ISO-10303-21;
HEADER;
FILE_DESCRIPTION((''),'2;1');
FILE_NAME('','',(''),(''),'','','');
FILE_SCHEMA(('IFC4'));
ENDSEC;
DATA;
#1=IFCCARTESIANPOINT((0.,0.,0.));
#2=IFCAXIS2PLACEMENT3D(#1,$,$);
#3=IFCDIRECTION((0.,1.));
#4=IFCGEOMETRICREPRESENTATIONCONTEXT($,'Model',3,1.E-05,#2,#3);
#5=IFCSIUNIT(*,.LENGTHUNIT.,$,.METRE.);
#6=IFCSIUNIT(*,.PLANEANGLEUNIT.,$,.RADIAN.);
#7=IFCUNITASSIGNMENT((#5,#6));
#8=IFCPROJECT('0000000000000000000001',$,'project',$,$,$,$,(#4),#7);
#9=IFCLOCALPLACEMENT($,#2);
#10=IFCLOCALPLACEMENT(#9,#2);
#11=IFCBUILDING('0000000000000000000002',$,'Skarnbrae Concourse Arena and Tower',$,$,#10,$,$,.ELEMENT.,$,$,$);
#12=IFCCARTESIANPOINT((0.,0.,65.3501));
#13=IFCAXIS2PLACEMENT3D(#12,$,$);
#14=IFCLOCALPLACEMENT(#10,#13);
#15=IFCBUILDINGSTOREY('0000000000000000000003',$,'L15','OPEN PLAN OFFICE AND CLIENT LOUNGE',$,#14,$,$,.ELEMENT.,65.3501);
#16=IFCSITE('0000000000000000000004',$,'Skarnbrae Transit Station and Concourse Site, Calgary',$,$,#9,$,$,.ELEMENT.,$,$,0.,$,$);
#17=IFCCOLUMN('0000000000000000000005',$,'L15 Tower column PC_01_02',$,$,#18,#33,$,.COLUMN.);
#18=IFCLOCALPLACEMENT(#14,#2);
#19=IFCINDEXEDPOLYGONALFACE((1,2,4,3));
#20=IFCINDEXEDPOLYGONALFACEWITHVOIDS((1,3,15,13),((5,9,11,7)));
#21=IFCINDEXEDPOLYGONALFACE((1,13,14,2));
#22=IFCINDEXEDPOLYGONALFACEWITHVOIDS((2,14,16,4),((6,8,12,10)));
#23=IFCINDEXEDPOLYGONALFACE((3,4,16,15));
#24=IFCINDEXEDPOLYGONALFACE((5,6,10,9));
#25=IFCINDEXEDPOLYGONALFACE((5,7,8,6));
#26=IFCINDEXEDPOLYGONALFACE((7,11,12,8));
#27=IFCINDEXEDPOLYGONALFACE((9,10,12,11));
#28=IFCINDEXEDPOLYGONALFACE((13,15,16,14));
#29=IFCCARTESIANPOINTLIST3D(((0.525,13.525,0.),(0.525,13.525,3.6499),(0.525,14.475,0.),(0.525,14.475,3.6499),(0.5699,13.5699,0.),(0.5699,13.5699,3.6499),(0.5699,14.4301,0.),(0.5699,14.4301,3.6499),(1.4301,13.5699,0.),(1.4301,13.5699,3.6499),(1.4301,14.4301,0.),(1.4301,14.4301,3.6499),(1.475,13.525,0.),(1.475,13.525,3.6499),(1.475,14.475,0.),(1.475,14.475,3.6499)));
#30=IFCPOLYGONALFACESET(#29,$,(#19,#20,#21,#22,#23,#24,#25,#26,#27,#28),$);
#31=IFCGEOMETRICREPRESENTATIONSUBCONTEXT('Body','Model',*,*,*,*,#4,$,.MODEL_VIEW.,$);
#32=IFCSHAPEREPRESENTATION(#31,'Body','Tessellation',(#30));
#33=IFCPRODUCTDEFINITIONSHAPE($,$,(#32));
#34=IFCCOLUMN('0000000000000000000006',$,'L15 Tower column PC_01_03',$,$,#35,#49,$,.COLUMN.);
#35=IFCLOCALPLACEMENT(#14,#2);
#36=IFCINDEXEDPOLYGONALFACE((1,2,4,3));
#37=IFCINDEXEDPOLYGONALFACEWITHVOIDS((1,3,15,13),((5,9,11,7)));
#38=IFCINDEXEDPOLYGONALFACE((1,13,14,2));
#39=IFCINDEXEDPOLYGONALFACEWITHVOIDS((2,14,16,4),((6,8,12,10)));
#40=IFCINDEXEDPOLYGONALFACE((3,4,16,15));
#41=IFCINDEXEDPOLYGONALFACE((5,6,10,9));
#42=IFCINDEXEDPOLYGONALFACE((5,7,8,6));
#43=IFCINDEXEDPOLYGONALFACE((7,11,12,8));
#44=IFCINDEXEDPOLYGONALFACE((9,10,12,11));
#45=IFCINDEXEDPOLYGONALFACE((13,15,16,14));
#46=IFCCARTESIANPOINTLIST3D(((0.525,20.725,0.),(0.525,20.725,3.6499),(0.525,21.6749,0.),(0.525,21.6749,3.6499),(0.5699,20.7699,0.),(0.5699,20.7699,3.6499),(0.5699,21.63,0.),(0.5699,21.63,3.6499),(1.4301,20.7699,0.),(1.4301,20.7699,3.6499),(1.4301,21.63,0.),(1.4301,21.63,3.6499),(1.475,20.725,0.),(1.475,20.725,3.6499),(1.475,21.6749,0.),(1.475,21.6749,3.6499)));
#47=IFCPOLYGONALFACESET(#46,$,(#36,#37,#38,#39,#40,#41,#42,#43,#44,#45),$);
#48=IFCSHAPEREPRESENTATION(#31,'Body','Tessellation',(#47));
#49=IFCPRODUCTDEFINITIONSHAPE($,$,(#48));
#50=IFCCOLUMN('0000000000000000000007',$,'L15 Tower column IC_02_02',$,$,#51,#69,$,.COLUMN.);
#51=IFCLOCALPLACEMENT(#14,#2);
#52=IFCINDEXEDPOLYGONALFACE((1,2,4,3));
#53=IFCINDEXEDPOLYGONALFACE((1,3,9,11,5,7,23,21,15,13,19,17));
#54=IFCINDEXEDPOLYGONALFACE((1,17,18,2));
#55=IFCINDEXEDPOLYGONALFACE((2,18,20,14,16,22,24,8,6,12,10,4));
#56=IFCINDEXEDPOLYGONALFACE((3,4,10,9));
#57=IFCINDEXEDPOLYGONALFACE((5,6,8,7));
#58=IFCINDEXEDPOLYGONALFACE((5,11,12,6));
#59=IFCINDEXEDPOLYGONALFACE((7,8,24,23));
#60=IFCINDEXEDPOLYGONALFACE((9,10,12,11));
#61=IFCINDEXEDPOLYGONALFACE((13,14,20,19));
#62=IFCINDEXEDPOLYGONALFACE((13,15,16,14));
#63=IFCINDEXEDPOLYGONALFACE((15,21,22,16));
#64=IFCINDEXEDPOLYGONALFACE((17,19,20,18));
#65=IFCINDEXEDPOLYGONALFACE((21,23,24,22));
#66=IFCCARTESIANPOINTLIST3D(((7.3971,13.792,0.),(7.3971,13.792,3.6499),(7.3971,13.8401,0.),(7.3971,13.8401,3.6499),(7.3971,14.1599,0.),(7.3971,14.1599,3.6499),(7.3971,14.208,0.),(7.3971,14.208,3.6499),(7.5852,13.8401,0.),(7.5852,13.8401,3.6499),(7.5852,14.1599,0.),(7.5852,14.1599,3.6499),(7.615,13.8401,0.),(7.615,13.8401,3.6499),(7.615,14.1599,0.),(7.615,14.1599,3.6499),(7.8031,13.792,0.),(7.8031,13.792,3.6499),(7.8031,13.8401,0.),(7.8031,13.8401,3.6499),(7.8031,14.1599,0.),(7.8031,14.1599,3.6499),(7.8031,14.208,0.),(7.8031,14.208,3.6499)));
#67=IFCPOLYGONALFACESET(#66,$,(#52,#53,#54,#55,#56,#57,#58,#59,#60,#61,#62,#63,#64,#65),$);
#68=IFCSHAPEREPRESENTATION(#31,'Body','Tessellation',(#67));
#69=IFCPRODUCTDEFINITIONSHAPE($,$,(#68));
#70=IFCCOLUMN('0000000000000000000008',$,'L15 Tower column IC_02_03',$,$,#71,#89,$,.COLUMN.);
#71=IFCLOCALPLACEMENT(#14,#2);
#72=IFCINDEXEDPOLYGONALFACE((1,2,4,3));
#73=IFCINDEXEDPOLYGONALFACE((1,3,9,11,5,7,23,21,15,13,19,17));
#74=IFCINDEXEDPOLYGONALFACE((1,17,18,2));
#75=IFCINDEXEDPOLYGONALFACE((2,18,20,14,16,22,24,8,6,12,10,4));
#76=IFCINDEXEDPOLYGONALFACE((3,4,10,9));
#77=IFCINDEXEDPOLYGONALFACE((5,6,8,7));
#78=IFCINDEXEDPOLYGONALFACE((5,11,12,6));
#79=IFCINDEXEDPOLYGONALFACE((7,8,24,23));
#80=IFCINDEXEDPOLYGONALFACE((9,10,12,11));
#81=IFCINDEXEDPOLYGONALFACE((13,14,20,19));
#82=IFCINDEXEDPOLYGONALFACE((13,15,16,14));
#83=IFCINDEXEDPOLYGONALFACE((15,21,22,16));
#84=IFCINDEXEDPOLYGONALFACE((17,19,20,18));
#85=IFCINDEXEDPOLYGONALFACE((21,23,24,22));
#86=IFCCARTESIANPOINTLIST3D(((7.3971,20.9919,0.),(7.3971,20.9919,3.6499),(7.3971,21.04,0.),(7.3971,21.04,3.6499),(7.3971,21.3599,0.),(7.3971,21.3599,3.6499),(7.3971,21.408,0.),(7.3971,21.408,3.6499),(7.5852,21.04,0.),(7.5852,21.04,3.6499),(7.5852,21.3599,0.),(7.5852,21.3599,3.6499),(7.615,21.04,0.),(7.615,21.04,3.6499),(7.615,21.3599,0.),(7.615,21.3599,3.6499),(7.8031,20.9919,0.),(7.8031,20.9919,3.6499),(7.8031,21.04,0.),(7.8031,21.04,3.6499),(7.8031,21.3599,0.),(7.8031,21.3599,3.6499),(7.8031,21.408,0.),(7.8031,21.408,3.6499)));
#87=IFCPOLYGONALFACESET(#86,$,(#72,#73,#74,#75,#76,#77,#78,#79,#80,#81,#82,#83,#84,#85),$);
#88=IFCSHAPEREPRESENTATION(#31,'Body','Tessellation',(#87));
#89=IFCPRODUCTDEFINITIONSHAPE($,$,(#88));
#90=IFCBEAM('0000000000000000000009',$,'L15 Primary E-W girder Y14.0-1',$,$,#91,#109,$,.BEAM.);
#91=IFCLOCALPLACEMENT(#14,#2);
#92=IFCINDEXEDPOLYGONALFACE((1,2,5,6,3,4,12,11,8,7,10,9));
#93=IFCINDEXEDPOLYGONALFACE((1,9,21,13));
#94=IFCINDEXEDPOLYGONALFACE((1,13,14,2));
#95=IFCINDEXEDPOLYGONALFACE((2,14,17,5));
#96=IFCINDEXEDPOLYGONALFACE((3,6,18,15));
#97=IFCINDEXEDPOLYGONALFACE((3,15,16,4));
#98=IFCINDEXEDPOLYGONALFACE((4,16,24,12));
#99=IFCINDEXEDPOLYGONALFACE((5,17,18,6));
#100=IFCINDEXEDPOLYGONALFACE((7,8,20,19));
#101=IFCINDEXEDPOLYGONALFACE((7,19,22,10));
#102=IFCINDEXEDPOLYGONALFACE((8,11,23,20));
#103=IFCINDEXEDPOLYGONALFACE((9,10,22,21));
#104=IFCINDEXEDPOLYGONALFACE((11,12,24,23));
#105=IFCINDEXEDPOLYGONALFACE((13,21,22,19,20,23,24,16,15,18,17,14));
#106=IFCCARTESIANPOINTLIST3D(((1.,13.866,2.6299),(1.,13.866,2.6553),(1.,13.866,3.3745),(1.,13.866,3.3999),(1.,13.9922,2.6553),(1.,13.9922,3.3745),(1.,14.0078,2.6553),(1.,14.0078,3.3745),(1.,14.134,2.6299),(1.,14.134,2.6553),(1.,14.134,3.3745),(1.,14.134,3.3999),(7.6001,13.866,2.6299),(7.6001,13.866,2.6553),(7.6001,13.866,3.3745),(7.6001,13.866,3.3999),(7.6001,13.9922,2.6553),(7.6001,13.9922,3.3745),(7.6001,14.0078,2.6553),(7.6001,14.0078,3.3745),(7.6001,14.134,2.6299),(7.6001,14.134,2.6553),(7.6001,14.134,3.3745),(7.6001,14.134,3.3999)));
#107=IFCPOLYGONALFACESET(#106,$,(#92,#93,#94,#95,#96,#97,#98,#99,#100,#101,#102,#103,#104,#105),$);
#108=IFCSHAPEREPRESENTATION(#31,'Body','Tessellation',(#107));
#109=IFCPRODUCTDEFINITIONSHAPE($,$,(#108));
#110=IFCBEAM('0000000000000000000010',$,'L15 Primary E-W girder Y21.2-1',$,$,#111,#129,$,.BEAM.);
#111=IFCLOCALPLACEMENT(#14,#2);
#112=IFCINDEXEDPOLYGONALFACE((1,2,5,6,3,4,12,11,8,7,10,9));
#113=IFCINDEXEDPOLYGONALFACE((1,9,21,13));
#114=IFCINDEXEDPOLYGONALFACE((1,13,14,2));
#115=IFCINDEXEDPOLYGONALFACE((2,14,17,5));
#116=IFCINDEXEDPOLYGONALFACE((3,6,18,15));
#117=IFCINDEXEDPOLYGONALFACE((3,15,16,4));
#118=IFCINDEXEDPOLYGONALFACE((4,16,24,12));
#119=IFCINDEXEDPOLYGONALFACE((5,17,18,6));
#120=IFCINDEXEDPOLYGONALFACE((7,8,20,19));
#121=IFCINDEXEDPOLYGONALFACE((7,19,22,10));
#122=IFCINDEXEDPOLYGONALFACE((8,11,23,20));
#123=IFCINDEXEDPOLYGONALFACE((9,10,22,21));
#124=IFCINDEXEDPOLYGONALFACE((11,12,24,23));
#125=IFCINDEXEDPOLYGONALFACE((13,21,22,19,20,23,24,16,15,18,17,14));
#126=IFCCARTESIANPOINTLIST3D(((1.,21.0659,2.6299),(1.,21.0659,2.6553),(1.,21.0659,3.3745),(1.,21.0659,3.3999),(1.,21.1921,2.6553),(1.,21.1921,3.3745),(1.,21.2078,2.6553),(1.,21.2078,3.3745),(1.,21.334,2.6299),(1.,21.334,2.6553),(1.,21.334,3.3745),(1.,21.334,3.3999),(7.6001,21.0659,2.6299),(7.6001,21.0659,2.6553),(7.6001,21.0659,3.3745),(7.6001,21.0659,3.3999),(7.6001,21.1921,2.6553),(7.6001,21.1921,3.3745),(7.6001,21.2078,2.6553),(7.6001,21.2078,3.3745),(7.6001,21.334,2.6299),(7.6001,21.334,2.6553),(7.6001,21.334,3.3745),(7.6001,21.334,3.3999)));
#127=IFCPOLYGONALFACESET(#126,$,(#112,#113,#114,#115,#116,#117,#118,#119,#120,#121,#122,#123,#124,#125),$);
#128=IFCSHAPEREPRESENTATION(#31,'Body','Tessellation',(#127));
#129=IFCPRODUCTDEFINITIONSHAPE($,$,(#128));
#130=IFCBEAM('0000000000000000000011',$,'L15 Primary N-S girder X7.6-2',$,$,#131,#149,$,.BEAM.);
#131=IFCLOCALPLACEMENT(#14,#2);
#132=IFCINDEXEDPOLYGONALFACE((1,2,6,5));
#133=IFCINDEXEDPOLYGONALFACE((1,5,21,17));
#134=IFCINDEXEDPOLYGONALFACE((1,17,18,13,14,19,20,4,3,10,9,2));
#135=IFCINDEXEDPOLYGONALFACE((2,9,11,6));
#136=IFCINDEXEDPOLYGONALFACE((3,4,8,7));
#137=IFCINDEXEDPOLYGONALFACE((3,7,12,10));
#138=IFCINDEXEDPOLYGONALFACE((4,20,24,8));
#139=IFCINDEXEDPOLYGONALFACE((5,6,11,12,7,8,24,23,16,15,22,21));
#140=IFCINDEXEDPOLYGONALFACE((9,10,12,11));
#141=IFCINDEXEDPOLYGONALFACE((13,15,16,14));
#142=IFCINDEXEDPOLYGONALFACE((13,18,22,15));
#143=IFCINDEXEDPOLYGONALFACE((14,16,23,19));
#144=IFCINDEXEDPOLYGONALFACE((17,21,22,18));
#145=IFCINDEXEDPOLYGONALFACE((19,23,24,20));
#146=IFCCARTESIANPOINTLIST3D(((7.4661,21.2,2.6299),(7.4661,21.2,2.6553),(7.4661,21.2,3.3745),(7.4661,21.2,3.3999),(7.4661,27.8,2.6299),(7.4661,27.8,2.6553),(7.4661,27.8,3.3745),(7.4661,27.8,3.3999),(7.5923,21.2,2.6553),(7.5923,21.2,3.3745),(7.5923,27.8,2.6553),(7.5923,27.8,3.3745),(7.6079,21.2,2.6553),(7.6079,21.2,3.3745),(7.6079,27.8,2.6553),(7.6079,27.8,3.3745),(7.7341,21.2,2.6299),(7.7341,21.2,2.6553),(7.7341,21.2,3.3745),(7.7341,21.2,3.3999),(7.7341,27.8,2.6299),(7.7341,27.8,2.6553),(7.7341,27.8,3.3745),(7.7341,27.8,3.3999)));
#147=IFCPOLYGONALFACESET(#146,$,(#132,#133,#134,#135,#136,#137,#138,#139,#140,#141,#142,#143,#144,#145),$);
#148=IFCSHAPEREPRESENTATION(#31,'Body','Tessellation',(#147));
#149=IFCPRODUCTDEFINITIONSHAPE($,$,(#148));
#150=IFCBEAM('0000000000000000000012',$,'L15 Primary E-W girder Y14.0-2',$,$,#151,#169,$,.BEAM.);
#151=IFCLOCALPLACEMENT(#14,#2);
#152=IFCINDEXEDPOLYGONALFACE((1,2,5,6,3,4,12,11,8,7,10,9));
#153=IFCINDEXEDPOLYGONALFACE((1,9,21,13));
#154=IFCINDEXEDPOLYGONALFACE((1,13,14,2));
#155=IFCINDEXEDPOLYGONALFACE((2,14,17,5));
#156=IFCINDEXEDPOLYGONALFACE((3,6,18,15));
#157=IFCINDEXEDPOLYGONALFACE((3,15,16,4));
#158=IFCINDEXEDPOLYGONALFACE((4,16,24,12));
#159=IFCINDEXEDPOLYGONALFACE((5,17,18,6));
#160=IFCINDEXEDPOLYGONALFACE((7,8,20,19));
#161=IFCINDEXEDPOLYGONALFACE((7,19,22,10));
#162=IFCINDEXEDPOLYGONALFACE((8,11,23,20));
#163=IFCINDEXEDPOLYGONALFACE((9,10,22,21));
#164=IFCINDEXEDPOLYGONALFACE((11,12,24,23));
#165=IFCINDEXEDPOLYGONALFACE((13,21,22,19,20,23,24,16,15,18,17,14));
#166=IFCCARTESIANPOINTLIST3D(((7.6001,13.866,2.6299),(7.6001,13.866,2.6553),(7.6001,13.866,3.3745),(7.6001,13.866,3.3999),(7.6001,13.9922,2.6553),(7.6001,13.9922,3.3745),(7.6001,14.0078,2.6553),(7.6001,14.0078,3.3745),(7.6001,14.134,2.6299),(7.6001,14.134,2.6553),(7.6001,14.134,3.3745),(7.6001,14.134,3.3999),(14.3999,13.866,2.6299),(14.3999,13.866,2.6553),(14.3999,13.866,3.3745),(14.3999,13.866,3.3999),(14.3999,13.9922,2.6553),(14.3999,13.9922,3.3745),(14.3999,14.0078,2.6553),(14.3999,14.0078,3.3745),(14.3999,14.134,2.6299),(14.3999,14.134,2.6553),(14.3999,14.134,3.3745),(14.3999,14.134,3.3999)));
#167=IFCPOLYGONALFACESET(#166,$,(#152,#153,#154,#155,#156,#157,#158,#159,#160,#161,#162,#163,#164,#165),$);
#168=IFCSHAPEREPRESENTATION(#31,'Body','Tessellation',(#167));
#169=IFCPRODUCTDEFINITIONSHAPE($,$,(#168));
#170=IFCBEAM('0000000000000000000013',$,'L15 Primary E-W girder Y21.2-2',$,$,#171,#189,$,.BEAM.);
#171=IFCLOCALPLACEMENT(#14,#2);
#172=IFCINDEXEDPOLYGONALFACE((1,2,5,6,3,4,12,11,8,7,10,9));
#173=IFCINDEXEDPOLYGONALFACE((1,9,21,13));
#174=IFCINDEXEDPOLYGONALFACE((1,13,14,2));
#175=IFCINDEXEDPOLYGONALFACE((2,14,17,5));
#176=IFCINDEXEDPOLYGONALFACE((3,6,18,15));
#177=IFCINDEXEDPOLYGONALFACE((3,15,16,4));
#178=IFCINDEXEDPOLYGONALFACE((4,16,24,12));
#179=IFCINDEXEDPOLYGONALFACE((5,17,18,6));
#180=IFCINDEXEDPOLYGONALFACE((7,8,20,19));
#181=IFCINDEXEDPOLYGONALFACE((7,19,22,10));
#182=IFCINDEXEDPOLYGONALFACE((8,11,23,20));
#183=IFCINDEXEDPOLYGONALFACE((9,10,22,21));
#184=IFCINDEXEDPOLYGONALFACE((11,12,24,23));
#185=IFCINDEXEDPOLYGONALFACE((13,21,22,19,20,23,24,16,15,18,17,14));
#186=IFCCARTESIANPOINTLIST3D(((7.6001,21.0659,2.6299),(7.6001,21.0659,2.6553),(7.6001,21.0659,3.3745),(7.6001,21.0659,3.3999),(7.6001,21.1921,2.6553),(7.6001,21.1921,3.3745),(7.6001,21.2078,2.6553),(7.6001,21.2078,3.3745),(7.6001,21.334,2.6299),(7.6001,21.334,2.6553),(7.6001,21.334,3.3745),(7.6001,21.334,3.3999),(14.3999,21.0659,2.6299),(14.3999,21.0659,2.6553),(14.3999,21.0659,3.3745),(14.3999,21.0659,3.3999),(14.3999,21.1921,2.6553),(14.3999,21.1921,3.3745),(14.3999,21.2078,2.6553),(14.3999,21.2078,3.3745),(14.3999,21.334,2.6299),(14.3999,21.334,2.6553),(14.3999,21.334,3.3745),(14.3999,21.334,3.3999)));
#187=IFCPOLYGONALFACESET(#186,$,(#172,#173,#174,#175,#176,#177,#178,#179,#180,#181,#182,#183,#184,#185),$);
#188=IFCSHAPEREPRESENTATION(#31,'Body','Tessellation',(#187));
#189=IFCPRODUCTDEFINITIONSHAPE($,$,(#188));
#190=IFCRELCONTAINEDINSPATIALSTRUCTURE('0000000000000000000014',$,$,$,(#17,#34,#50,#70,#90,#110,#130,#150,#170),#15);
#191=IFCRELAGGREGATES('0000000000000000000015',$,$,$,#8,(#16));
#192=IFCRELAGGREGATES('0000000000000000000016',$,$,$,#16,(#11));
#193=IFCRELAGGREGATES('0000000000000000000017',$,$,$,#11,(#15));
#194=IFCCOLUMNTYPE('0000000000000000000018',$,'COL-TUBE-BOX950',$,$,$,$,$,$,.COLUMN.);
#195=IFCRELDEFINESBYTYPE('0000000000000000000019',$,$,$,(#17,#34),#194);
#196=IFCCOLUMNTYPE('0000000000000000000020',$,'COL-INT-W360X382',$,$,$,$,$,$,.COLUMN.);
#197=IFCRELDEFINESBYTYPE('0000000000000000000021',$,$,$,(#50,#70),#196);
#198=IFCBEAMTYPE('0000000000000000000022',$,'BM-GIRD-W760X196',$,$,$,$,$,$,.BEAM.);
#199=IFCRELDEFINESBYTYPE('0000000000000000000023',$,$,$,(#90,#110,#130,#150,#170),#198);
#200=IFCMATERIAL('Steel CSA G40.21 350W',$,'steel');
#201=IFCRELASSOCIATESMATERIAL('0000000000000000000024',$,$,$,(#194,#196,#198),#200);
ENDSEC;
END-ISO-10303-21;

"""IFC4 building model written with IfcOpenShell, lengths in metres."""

from ifc_helpers import new_model, si_unit, direction, frame, origin, origin_2d, place, context, subcontext, project, spatial, hollow_rectangle, i_section, extrude, source, transform, mapped, material, material_profile, profile_set, type_object, element, save


model = new_model("IFC4")

# Units and contexts
model_context = context("Model", 3, precision=1e-05, world=origin(), true_north=direction((0.0, 1.0)))
body_context = subcontext(model_context, "Body", "Model", "MODEL_VIEW")
ifc_project = project(units=[si_unit("LENGTHUNIT", "METRE"), si_unit("PLANEANGLEUNIT", "RADIAN")], contexts=[model_context])

# Site, building, storey
site_placement = place(None, origin())
site = spatial("IfcSite", under=ifc_project, at=site_placement, Name="Skarnbrae Transit Station and Concourse Site, Calgary", CompositionType="ELEMENT", RefElevation=0.0)
building_placement = place(site_placement, origin())
building = spatial("IfcBuilding", under=site, at=building_placement, Name="Skarnbrae Concourse Arena and Tower", CompositionType="ELEMENT")
storey_placement = place(building_placement, frame((0.0, 0.0, 65.3501)))
storey = spatial("IfcBuildingStorey", under=building, at=storey_placement, Name="L15", Description="OPEN PLAN OFFICE AND CLIENT LOUNGE", CompositionType="ELEMENT", Elevation=65.3501)

# Columns
ifc_material_1 = material(Name="Steel CSA G40.21 350W", Category="steel")
ifc_material_profile_1 = material_profile(ifc_material_1, hollow_rectangle(XDim=0.95, YDim=0.95, WallThickness=0.0449, at=origin_2d()), Name="BOX950X950X45")
ifc_profile_set_1 = profile_set([ifc_material_profile_1], Name="Steel CSA G40.21 350W")
column_type_1 = type_object("IfcColumnType", Name="COL-TUBE-BOX950", PredefinedType="COLUMN", material=ifc_profile_set_1)
shared_shape_1 = source(origin(), body_context, "Body", "SweptSolid", [
    extrude(hollow_rectangle(XDim=0.95, YDim=0.95, WallThickness=0.0449, at=origin_2d()), origin(), (0.0, 0.0, 1.0), 3.6499),
])
for number, where, z_axis, x_axis, name in (
    (1, (1.0, 14.0, 0.0), (0.0, 0.0, 1.0), (1.0, 0.0, 0.0), "L15 Tower column PC_01_02"),
    (2, (1.0, 21.2, 0.0), (0.0, 0.0, 1.0), (1.0, 0.0, 0.0), "L15 Tower column PC_01_03"),
):
    element("IfcColumn", number, at=place(storey_placement, frame(where, z_axis=z_axis, x_axis=x_axis)), inside=storey, type_object=column_type_1, Name=name, PredefinedType="COLUMN", context=body_context, shape_type="MappedRepresentation", body=[
        mapped(shared_shape_1, transform((0.0, 0.0, 0.0))),
    ])
ifc_material_profile_2 = material_profile(ifc_material_1, i_section(OverallWidth=0.406, OverallDepth=0.416, WebThickness=0.0298, FlangeThickness=0.0481, at=origin_2d()), Name="W360X382")
ifc_profile_set_2 = profile_set([ifc_material_profile_2], Name="Steel CSA G40.21 350W")
column_type_2 = type_object("IfcColumnType", Name="COL-INT-W360X382", PredefinedType="COLUMN", material=ifc_profile_set_2)
shared_shape_2 = source(origin(), body_context, "Body", "SweptSolid", [
    extrude(i_section(OverallWidth=0.406, OverallDepth=0.416, WebThickness=0.0298, FlangeThickness=0.0481, at=origin_2d()), origin(), (0.0, 0.0, 1.0), 3.6499),
])
for number, where, z_axis, x_axis, name in (
    (3, (7.6001, 14.0, 0.0), (0.0, 0.0, 1.0), (1.0, 0.0, 0.0), "L15 Tower column IC_02_02"),
    (4, (7.6001, 21.2, 0.0), (0.0, 0.0, 1.0), (1.0, 0.0, 0.0), "L15 Tower column IC_02_03"),
):
    element("IfcColumn", number, at=place(storey_placement, frame(where, z_axis=z_axis, x_axis=x_axis)), inside=storey, type_object=column_type_2, Name=name, PredefinedType="COLUMN", context=body_context, shape_type="MappedRepresentation", body=[
        mapped(shared_shape_2, transform((0.0, 0.0, 0.0))),
    ])

# Beams
ifc_material_profile_3 = material_profile(ifc_material_1, i_section(OverallWidth=0.2681, OverallDepth=0.77, WebThickness=0.0156, FlangeThickness=0.0254, at=origin_2d()), Name="W760X196")
ifc_profile_set_3 = profile_set([ifc_material_profile_3], Name="Steel CSA G40.21 350W")
beam_type_1 = type_object("IfcBeamType", Name="BM-GIRD-W760X196", PredefinedType="BEAM", material=ifc_profile_set_3)
shared_shape_3 = source(origin(), body_context, "Body", "SweptSolid", [
    extrude(i_section(OverallWidth=0.2681, OverallDepth=0.77, WebThickness=0.0156, FlangeThickness=0.0254, at=origin_2d()), origin(), (0.0, 0.0, 1.0), 6.6001),
])
for number, where, z_axis, x_axis, name in (
    (5, (1.0, 14.0, 3.0149), (1.0, 0.0, 0.0), (0.0, 1.0, 0.0), "L15 Primary E-W girder Y14.0-1"),
    (6, (1.0, 21.2, 3.0149), (1.0, 0.0, 0.0), (0.0, 1.0, 0.0), "L15 Primary E-W girder Y21.2-1"),
    (7, (7.6001, 21.2, 3.0149), (0.0, 1.0, 0.0), (-1.0, 0.0, 0.0), "L15 Primary N-S girder X7.6-2"),
):
    element("IfcBeam", number, at=place(storey_placement, frame(where, z_axis=z_axis, x_axis=x_axis)), inside=storey, type_object=beam_type_1, Name=name, PredefinedType="BEAM", context=body_context, shape_type="MappedRepresentation", body=[
        mapped(shared_shape_3, transform((0.0, 0.0, 0.0))),
    ])
shared_shape_4 = source(origin(), body_context, "Body", "SweptSolid", [
    extrude(i_section(OverallWidth=0.2681, OverallDepth=0.77, WebThickness=0.0156, FlangeThickness=0.0254, at=origin_2d()), origin(), (0.0, 0.0, 1.0), 6.7998),
])
for number, where, z_axis, x_axis, name in (
    (8, (7.6001, 14.0, 3.0149), (1.0, 0.0, 0.0), (0.0, 1.0, 0.0), "L15 Primary E-W girder Y14.0-2"),
    (9, (7.6001, 21.2, 3.0149), (1.0, 0.0, 0.0), (0.0, 1.0, 0.0), "L15 Primary E-W girder Y21.2-2"),
):
    element("IfcBeam", number, at=place(storey_placement, frame(where, z_axis=z_axis, x_axis=x_axis)), inside=storey, type_object=beam_type_1, Name=name, PredefinedType="BEAM", context=body_context, shape_type="MappedRepresentation", body=[
        mapped(shared_shape_4, transform((0.0, 0.0, 0.0))),
    ])

save(model, "model.ifc")
